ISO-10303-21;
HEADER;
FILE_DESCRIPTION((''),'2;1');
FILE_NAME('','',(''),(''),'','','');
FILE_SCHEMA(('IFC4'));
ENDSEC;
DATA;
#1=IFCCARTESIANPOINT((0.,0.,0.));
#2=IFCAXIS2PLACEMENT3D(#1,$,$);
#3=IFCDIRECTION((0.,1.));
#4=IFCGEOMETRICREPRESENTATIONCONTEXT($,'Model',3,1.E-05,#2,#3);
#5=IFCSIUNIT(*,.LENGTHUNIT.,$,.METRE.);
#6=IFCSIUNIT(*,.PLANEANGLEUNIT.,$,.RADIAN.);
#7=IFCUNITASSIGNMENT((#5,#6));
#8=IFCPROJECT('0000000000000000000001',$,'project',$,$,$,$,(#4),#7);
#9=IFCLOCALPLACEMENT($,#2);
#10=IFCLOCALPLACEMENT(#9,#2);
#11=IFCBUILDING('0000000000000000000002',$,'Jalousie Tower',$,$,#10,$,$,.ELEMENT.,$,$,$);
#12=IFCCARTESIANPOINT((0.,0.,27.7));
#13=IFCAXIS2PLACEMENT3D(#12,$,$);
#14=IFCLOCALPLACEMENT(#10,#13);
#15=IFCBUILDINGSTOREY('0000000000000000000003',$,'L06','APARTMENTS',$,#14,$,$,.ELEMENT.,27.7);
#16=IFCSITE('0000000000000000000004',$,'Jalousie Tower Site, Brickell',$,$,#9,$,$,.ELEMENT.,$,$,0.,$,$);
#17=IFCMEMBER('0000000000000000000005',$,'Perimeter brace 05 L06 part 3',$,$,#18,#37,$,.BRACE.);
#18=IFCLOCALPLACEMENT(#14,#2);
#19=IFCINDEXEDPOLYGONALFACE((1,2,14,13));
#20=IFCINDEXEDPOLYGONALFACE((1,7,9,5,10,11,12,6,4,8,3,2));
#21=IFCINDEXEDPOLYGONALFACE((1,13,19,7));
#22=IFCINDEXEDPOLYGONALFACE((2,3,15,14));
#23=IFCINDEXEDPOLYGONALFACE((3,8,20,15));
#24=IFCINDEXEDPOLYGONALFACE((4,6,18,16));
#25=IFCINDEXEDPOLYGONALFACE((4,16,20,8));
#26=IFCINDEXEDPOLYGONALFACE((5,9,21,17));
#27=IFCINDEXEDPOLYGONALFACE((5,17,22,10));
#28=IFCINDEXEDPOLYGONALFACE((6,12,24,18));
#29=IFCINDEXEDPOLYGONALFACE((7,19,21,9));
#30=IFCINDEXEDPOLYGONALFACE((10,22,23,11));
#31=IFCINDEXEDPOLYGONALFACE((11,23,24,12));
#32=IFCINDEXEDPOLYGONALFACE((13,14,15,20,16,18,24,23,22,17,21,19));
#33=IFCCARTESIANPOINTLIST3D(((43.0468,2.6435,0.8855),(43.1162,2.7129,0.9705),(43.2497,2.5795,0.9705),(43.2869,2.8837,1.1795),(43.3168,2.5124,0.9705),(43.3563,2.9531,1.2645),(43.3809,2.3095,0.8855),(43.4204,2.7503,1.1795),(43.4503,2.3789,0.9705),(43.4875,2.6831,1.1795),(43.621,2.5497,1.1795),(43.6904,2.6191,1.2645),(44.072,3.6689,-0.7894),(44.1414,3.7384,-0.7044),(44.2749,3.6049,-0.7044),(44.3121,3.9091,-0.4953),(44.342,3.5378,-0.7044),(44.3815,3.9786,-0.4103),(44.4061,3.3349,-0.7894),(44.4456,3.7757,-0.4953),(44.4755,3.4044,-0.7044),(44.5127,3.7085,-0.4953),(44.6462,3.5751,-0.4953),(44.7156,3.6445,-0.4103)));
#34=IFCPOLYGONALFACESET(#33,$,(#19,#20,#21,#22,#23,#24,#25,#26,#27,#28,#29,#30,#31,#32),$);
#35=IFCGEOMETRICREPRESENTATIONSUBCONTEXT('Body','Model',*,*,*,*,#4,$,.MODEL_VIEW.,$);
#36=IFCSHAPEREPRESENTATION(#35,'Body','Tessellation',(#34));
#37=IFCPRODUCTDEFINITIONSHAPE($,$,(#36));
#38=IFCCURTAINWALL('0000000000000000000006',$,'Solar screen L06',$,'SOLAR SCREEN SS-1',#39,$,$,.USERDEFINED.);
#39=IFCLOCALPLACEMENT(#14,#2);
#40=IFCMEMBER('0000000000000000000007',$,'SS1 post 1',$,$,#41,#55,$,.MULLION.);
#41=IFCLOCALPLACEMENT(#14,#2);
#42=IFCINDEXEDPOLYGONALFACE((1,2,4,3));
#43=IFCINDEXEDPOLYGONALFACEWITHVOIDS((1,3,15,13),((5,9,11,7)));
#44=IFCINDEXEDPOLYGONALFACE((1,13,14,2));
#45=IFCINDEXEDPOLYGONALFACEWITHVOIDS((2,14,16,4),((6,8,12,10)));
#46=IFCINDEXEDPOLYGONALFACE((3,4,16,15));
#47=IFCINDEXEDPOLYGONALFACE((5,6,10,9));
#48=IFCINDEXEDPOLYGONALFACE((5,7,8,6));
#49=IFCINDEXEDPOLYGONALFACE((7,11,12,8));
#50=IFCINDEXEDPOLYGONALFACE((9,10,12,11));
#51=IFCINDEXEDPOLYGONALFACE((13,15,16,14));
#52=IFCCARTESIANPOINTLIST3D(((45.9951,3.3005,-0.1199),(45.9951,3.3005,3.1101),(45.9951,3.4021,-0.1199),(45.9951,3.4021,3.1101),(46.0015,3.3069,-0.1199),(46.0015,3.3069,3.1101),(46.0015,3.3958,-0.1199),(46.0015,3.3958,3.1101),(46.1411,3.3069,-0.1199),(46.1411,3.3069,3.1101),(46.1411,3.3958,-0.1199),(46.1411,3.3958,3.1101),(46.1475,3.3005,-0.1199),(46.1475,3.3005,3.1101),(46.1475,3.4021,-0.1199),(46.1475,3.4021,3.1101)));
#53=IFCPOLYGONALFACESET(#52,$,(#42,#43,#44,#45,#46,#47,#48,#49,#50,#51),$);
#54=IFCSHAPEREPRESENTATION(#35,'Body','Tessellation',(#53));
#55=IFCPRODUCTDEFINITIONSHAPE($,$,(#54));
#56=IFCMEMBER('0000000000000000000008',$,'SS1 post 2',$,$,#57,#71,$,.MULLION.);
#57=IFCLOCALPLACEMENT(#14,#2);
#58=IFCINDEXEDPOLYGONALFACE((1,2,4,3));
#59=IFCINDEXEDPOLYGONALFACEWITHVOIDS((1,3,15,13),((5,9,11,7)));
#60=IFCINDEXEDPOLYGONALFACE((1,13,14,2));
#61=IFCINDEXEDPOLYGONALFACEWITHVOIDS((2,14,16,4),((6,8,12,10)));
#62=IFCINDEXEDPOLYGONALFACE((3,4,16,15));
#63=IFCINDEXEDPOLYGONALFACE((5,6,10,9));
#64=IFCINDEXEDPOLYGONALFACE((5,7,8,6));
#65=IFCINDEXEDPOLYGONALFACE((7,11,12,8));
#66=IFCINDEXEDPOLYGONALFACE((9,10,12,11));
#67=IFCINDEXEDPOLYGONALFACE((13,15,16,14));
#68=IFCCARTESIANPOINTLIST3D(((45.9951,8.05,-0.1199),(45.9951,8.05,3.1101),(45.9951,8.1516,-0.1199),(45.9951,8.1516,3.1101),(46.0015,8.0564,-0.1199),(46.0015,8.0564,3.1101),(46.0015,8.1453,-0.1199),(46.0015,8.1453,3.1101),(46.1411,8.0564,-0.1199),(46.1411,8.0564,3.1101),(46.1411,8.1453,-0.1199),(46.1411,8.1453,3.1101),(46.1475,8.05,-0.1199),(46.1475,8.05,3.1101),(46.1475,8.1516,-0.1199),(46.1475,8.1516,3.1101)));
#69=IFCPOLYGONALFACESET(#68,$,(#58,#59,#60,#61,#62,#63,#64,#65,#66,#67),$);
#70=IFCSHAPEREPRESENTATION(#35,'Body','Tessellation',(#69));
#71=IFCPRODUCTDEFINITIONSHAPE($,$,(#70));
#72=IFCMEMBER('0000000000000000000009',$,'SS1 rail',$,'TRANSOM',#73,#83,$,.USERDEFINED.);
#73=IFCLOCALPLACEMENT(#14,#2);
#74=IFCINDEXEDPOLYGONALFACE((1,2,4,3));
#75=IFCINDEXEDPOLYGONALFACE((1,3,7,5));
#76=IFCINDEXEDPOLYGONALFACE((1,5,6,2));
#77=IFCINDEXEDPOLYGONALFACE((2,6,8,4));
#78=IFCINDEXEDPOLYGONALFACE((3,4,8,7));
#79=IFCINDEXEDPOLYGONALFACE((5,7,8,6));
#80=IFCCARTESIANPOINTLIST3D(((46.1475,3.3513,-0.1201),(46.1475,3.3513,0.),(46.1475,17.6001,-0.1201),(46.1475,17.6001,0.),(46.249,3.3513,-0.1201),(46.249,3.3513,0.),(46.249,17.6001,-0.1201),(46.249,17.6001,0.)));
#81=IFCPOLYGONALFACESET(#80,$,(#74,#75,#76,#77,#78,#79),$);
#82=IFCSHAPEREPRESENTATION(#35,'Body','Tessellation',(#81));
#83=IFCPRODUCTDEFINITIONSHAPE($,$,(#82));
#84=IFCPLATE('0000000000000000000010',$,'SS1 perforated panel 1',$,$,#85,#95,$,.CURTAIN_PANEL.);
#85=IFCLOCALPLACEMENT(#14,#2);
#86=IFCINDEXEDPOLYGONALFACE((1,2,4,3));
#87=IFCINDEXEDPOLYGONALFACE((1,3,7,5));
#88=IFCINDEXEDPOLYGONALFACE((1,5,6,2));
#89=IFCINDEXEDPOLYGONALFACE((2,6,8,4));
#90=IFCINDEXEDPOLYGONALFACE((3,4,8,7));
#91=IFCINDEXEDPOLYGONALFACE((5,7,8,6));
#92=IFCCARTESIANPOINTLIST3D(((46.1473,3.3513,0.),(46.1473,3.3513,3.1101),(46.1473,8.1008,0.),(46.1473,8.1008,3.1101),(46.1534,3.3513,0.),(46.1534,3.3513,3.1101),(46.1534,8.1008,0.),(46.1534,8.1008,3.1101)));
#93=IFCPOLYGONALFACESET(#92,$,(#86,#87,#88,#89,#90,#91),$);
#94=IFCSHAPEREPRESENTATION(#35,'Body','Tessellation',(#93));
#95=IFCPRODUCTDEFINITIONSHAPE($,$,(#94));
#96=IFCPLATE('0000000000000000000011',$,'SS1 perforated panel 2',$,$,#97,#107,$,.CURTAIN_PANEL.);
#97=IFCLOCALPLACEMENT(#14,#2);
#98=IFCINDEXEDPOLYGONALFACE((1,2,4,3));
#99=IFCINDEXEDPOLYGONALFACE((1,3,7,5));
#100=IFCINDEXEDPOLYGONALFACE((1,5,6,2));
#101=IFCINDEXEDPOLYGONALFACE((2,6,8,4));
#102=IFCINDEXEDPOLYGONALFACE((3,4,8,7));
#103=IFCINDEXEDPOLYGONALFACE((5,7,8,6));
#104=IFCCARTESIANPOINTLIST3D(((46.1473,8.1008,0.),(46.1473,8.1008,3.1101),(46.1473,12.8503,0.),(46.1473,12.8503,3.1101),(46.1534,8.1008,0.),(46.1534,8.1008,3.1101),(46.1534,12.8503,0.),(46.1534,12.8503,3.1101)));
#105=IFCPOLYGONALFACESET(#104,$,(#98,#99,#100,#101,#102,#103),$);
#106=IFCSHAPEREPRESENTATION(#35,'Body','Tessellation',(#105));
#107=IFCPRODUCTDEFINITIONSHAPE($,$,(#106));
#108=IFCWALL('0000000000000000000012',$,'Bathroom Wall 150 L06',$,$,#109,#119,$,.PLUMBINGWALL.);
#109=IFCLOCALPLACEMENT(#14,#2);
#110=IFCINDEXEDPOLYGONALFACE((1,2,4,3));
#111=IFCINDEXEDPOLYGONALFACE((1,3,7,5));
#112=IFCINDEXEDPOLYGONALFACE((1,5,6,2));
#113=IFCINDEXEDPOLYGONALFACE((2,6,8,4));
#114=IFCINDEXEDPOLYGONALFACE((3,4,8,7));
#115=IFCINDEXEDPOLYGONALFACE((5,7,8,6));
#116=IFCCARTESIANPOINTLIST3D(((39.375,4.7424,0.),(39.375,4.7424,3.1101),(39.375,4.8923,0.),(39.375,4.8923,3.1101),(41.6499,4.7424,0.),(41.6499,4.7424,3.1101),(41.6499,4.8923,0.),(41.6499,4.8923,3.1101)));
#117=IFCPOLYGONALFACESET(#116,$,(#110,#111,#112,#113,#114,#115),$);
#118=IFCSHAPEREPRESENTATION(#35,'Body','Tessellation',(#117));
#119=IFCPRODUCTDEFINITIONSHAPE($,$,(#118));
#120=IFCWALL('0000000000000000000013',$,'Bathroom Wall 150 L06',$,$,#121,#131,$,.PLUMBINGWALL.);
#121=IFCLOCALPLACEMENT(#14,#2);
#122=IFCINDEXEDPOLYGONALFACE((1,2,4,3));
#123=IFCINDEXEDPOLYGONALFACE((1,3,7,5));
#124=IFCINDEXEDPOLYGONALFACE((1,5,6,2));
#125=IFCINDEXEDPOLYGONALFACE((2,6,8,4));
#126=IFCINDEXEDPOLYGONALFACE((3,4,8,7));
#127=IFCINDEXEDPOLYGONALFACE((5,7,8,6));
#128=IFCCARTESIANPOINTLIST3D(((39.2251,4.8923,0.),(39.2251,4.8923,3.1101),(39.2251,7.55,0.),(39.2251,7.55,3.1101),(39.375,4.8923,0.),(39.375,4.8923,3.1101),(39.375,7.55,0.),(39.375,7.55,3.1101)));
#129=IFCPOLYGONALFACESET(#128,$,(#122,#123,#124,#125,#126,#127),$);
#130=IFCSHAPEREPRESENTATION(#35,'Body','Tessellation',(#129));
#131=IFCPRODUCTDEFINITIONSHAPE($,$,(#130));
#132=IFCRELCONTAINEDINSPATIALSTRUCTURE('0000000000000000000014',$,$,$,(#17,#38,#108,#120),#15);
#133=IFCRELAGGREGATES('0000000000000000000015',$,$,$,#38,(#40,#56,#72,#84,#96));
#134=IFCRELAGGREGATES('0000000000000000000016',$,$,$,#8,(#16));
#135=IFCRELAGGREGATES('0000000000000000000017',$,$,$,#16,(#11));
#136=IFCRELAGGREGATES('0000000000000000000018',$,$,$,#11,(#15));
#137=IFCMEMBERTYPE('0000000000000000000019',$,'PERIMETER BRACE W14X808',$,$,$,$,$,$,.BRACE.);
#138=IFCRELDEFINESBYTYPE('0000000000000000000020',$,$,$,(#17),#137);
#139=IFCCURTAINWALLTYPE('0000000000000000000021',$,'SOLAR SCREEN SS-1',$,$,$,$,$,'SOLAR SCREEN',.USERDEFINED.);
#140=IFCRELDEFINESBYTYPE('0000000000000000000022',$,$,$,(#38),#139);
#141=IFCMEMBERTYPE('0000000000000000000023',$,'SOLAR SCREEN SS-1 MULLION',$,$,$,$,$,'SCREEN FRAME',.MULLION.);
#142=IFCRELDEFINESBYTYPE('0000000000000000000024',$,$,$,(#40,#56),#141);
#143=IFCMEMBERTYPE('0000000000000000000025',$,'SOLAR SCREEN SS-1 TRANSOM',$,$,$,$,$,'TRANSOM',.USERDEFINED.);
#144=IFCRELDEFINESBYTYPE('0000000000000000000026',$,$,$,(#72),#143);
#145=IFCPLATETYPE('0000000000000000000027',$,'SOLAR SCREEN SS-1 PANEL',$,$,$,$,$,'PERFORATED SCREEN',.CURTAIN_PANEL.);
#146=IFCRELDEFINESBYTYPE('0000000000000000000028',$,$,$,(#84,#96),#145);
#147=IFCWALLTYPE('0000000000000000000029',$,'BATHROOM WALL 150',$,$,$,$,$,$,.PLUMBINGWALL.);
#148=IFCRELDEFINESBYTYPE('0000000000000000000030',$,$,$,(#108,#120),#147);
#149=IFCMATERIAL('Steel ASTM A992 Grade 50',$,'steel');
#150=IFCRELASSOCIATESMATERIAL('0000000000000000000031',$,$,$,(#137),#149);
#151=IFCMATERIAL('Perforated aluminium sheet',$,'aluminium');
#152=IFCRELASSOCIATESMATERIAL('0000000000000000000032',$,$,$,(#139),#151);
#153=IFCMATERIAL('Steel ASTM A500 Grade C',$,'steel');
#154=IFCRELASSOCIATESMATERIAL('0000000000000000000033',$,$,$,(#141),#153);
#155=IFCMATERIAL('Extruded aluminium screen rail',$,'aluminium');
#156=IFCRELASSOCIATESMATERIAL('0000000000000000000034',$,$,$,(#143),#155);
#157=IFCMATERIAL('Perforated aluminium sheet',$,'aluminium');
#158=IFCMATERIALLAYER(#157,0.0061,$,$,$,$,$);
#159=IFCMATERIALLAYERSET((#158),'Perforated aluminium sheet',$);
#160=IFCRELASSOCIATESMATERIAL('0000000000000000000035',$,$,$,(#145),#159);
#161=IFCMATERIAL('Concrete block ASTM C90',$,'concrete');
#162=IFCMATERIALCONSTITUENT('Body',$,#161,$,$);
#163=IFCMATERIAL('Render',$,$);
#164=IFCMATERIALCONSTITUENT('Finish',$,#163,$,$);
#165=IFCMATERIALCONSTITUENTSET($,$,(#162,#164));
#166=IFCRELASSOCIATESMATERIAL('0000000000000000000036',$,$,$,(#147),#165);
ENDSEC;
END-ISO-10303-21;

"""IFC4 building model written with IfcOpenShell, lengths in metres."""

from ifc_helpers import new_model, si_unit, direction, frame, frame_2d, origin, origin_2d, place, context, subcontext, project, spatial, rectangle, hollow_rectangle, i_section, extrude, material, layer, layer_set, constituent, constituent_set, material_profile, profile_set, type_object, element, aggregate, save


model = new_model("IFC4")

# Units and contexts
model_context = context("Model", 3, precision=1e-05, world=origin(), true_north=direction((0.0, 1.0)))
body_context = subcontext(model_context, "Body", "Model", "MODEL_VIEW")
ifc_project = project(units=[si_unit("LENGTHUNIT", "METRE"), si_unit("PLANEANGLEUNIT", "RADIAN")], contexts=[model_context])

# Site, building, storey
site_placement = place(None, origin())
site = spatial("IfcSite", under=ifc_project, at=site_placement, Name="Jalousie Tower Site, Brickell", CompositionType="ELEMENT", RefElevation=0.0)
building_placement = place(site_placement, origin())
building = spatial("IfcBuilding", under=site, at=building_placement, Name="Jalousie Tower", CompositionType="ELEMENT")
storey_placement = place(building_placement, frame((0.0, 0.0, 27.7)))
storey = spatial("IfcBuildingStorey", under=building, at=storey_placement, Name="L06", Description="APARTMENTS", CompositionType="ELEMENT", Elevation=27.7)

# Member
ifc_material_1 = material(Name="Steel ASTM A992 Grade 50", Category="steel")
ifc_material_profile_1 = material_profile(ifc_material_1, i_section(OverallWidth=0.4724, OverallDepth=0.5791, WebThickness=0.095, FlangeThickness=0.1299, at=origin_2d()), Name="W14X808")
ifc_profile_set_1 = profile_set([ifc_material_profile_1], Name="Steel ASTM A992 Grade 50")
member_type_1 = type_object("IfcMemberType", Name="PERIMETER BRACE W14X808", PredefinedType="BRACE", material=ifc_profile_set_1)
member_1_placement = place(storey_placement, frame((44.3938, 3.6567, -0.5999), z_axis=(-0.462768, -0.462879, 0.756035), x_axis=(0.707191, -0.707023, 0.0)))
element("IfcMember", 1, at=member_1_placement, inside=storey, type_object=member_type_1, Name="Perimeter brace 05 L06 part 3", PredefinedType="BRACE", context=body_context, shape_type="SweptSolid", body=[
    extrude(i_section(OverallWidth=0.4724, OverallDepth=0.5791, WebThickness=0.095, FlangeThickness=0.1299, at=origin_2d()), origin(), (0.0, 0.0, 1.0), 2.2153),
])

# Curtain wall, members, plates
ifc_material_2 = material(Name="Perforated aluminium sheet", Category="aluminium")
curtain_wall_type = type_object("IfcCurtainWallType", Name="SOLAR SCREEN SS-1", ElementType="SOLAR SCREEN", PredefinedType="USERDEFINED", material=ifc_material_2)
curtain_wall_placement = place(storey_placement, origin())
curtain_wall = element("IfcCurtainWall", 2, at=curtain_wall_placement, inside=storey, type_object=curtain_wall_type, Name="Solar screen L06", ObjectType="SOLAR SCREEN SS-1", PredefinedType="USERDEFINED")
ifc_material_3 = material(Name="Steel ASTM A500 Grade C", Category="steel")
ifc_material_profile_2 = material_profile(ifc_material_3, hollow_rectangle(XDim=0.1016, YDim=0.1523, WallThickness=0.0063, at=origin_2d()), Name="HSS6X4X1/4")
ifc_profile_set_2 = profile_set([ifc_material_profile_2], Name="Steel ASTM A500 Grade C")
member_type_2 = type_object("IfcMemberType", Name="SOLAR SCREEN SS-1 MULLION", ElementType="SCREEN FRAME", PredefinedType="MULLION", material=ifc_profile_set_2)
member_2_placement = place(storey_placement, frame((46.0713, 3.3513, -0.1199), z_axis=(0.0, 0.0, 1.0), x_axis=(0.0, 1.0, 0.0)))
member_2 = element("IfcMember", 3, at=member_2_placement, type_object=member_type_2, Name="SS1 post 1", PredefinedType="MULLION", context=body_context, shape_type="SweptSolid", body=[
    extrude(hollow_rectangle(XDim=0.1016, YDim=0.1523, WallThickness=0.0063, at=origin_2d()), origin(), (0.0, 0.0, 1.0), 3.23),
])
member_3_placement = place(storey_placement, frame((46.0713, 8.1008, -0.1199), z_axis=(0.0, 0.0, 1.0), x_axis=(0.0, 1.0, 0.0)))
member_3 = element("IfcMember", 4, at=member_3_placement, type_object=member_type_2, Name="SS1 post 2", PredefinedType="MULLION", context=body_context, shape_type="SweptSolid", body=[
    extrude(hollow_rectangle(XDim=0.1016, YDim=0.1523, WallThickness=0.0063, at=origin_2d()), origin(), (0.0, 0.0, 1.0), 3.23),
])
ifc_material_4 = material(Name="Extruded aluminium screen rail", Category="aluminium")
ifc_material_profile_3 = material_profile(ifc_material_4, rectangle(XDim=0.1016, YDim=0.1201, at=origin_2d()), Name="RAIL 102x120")
ifc_profile_set_3 = profile_set([ifc_material_profile_3], Name="Extruded aluminium screen rail")
member_type_3 = type_object("IfcMemberType", Name="SOLAR SCREEN SS-1 TRANSOM", ElementType="TRANSOM", PredefinedType="USERDEFINED", material=ifc_profile_set_3)
member_4_placement = place(storey_placement, frame((46.1982, 3.3513, -0.0601), z_axis=(0.0, 1.0, 0.0), x_axis=(-1.0, 0.0, 0.0)))
member_4 = element("IfcMember", 5, at=member_4_placement, type_object=member_type_3, Name="SS1 rail", ObjectType="TRANSOM", PredefinedType="USERDEFINED", context=body_context, shape_type="SweptSolid", body=[
    extrude(rectangle(XDim=0.1016, YDim=0.1201, at=origin_2d()), origin(), (0.0, 0.0, 1.0), 14.2488),
])
ifc_material_5 = material(Name="Perforated aluminium sheet", Category="aluminium")
ifc_layer_1 = layer(ifc_material_5, 0.0061)
ifc_layer_set_1 = layer_set([ifc_layer_1], Name="Perforated aluminium sheet")
plate_type = type_object("IfcPlateType", Name="SOLAR SCREEN SS-1 PANEL", ElementType="PERFORATED SCREEN", PredefinedType="CURTAIN_PANEL", material=ifc_layer_set_1)
plate_1_placement = place(storey_placement, frame((46.1504, 5.7261, 0.0), z_axis=(0.0, 0.0, 1.0), x_axis=(0.0, 1.0, 0.0)))
plate_1 = element("IfcPlate", 6, at=plate_1_placement, type_object=plate_type, Name="SS1 perforated panel 1", PredefinedType="CURTAIN_PANEL", context=body_context, shape_type="SweptSolid", body=[
    extrude(rectangle(XDim=4.7495, YDim=0.0061, at=origin_2d()), origin(), (0.0, 0.0, 1.0), 3.1101),
])
plate_2_placement = place(storey_placement, frame((46.1504, 10.4756, 0.0), z_axis=(0.0, 0.0, 1.0), x_axis=(0.0, 1.0, 0.0)))
plate_2 = element("IfcPlate", 7, at=plate_2_placement, type_object=plate_type, Name="SS1 perforated panel 2", PredefinedType="CURTAIN_PANEL", context=body_context, shape_type="SweptSolid", body=[
    extrude(rectangle(XDim=4.7495, YDim=0.0061, at=origin_2d()), origin(), (0.0, 0.0, 1.0), 3.1101),
])
aggregate(curtain_wall, [member_2, member_3, member_4, plate_1, plate_2])

# Walls
ifc_material_6 = material(Name="Concrete block ASTM C90", Category="concrete")
ifc_constituent_1 = constituent(ifc_material_6, Name="Body")
ifc_material_7 = material(Name="Render")
ifc_constituent_2 = constituent(ifc_material_7, Name="Finish")
ifc_constituent_set_1 = constituent_set(constituents=[ifc_constituent_1, ifc_constituent_2])
wall_type_1 = type_object("IfcWallType", Name="BATHROOM WALL 150", PredefinedType="PLUMBINGWALL", material=ifc_constituent_set_1)
wall_1_placement = place(storey_placement, frame((39.375, 4.8174, 0.0), z_axis=(0.0, 0.0, 1.0), x_axis=(1.0, 0.0, 0.0)))
element("IfcWall", 8, at=wall_1_placement, inside=storey, type_object=wall_type_1, Name="Bathroom Wall 150 L06", PredefinedType="PLUMBINGWALL", context=body_context, shape_type="SweptSolid", body=[
    extrude(rectangle(XDim=2.2749, YDim=0.1499, at=frame_2d((1.1375, 0.0))), origin(), (0.0, 0.0, 1.0), 3.1101),
])
wall_2_placement = place(storey_placement, frame((39.3, 4.8923, 0.0), z_axis=(0.0, 0.0, 1.0), x_axis=(0.0, 1.0, 0.0)))
element("IfcWall", 9, at=wall_2_placement, inside=storey, type_object=wall_type_1, Name="Bathroom Wall 150 L06", PredefinedType="PLUMBINGWALL", context=body_context, shape_type="SweptSolid", body=[
    extrude(rectangle(XDim=2.6577, YDim=0.1499, at=frame_2d((1.3289, 0.0))), origin(), (0.0, 0.0, 1.0), 3.1101),
])

save(model, "model.ifc")
